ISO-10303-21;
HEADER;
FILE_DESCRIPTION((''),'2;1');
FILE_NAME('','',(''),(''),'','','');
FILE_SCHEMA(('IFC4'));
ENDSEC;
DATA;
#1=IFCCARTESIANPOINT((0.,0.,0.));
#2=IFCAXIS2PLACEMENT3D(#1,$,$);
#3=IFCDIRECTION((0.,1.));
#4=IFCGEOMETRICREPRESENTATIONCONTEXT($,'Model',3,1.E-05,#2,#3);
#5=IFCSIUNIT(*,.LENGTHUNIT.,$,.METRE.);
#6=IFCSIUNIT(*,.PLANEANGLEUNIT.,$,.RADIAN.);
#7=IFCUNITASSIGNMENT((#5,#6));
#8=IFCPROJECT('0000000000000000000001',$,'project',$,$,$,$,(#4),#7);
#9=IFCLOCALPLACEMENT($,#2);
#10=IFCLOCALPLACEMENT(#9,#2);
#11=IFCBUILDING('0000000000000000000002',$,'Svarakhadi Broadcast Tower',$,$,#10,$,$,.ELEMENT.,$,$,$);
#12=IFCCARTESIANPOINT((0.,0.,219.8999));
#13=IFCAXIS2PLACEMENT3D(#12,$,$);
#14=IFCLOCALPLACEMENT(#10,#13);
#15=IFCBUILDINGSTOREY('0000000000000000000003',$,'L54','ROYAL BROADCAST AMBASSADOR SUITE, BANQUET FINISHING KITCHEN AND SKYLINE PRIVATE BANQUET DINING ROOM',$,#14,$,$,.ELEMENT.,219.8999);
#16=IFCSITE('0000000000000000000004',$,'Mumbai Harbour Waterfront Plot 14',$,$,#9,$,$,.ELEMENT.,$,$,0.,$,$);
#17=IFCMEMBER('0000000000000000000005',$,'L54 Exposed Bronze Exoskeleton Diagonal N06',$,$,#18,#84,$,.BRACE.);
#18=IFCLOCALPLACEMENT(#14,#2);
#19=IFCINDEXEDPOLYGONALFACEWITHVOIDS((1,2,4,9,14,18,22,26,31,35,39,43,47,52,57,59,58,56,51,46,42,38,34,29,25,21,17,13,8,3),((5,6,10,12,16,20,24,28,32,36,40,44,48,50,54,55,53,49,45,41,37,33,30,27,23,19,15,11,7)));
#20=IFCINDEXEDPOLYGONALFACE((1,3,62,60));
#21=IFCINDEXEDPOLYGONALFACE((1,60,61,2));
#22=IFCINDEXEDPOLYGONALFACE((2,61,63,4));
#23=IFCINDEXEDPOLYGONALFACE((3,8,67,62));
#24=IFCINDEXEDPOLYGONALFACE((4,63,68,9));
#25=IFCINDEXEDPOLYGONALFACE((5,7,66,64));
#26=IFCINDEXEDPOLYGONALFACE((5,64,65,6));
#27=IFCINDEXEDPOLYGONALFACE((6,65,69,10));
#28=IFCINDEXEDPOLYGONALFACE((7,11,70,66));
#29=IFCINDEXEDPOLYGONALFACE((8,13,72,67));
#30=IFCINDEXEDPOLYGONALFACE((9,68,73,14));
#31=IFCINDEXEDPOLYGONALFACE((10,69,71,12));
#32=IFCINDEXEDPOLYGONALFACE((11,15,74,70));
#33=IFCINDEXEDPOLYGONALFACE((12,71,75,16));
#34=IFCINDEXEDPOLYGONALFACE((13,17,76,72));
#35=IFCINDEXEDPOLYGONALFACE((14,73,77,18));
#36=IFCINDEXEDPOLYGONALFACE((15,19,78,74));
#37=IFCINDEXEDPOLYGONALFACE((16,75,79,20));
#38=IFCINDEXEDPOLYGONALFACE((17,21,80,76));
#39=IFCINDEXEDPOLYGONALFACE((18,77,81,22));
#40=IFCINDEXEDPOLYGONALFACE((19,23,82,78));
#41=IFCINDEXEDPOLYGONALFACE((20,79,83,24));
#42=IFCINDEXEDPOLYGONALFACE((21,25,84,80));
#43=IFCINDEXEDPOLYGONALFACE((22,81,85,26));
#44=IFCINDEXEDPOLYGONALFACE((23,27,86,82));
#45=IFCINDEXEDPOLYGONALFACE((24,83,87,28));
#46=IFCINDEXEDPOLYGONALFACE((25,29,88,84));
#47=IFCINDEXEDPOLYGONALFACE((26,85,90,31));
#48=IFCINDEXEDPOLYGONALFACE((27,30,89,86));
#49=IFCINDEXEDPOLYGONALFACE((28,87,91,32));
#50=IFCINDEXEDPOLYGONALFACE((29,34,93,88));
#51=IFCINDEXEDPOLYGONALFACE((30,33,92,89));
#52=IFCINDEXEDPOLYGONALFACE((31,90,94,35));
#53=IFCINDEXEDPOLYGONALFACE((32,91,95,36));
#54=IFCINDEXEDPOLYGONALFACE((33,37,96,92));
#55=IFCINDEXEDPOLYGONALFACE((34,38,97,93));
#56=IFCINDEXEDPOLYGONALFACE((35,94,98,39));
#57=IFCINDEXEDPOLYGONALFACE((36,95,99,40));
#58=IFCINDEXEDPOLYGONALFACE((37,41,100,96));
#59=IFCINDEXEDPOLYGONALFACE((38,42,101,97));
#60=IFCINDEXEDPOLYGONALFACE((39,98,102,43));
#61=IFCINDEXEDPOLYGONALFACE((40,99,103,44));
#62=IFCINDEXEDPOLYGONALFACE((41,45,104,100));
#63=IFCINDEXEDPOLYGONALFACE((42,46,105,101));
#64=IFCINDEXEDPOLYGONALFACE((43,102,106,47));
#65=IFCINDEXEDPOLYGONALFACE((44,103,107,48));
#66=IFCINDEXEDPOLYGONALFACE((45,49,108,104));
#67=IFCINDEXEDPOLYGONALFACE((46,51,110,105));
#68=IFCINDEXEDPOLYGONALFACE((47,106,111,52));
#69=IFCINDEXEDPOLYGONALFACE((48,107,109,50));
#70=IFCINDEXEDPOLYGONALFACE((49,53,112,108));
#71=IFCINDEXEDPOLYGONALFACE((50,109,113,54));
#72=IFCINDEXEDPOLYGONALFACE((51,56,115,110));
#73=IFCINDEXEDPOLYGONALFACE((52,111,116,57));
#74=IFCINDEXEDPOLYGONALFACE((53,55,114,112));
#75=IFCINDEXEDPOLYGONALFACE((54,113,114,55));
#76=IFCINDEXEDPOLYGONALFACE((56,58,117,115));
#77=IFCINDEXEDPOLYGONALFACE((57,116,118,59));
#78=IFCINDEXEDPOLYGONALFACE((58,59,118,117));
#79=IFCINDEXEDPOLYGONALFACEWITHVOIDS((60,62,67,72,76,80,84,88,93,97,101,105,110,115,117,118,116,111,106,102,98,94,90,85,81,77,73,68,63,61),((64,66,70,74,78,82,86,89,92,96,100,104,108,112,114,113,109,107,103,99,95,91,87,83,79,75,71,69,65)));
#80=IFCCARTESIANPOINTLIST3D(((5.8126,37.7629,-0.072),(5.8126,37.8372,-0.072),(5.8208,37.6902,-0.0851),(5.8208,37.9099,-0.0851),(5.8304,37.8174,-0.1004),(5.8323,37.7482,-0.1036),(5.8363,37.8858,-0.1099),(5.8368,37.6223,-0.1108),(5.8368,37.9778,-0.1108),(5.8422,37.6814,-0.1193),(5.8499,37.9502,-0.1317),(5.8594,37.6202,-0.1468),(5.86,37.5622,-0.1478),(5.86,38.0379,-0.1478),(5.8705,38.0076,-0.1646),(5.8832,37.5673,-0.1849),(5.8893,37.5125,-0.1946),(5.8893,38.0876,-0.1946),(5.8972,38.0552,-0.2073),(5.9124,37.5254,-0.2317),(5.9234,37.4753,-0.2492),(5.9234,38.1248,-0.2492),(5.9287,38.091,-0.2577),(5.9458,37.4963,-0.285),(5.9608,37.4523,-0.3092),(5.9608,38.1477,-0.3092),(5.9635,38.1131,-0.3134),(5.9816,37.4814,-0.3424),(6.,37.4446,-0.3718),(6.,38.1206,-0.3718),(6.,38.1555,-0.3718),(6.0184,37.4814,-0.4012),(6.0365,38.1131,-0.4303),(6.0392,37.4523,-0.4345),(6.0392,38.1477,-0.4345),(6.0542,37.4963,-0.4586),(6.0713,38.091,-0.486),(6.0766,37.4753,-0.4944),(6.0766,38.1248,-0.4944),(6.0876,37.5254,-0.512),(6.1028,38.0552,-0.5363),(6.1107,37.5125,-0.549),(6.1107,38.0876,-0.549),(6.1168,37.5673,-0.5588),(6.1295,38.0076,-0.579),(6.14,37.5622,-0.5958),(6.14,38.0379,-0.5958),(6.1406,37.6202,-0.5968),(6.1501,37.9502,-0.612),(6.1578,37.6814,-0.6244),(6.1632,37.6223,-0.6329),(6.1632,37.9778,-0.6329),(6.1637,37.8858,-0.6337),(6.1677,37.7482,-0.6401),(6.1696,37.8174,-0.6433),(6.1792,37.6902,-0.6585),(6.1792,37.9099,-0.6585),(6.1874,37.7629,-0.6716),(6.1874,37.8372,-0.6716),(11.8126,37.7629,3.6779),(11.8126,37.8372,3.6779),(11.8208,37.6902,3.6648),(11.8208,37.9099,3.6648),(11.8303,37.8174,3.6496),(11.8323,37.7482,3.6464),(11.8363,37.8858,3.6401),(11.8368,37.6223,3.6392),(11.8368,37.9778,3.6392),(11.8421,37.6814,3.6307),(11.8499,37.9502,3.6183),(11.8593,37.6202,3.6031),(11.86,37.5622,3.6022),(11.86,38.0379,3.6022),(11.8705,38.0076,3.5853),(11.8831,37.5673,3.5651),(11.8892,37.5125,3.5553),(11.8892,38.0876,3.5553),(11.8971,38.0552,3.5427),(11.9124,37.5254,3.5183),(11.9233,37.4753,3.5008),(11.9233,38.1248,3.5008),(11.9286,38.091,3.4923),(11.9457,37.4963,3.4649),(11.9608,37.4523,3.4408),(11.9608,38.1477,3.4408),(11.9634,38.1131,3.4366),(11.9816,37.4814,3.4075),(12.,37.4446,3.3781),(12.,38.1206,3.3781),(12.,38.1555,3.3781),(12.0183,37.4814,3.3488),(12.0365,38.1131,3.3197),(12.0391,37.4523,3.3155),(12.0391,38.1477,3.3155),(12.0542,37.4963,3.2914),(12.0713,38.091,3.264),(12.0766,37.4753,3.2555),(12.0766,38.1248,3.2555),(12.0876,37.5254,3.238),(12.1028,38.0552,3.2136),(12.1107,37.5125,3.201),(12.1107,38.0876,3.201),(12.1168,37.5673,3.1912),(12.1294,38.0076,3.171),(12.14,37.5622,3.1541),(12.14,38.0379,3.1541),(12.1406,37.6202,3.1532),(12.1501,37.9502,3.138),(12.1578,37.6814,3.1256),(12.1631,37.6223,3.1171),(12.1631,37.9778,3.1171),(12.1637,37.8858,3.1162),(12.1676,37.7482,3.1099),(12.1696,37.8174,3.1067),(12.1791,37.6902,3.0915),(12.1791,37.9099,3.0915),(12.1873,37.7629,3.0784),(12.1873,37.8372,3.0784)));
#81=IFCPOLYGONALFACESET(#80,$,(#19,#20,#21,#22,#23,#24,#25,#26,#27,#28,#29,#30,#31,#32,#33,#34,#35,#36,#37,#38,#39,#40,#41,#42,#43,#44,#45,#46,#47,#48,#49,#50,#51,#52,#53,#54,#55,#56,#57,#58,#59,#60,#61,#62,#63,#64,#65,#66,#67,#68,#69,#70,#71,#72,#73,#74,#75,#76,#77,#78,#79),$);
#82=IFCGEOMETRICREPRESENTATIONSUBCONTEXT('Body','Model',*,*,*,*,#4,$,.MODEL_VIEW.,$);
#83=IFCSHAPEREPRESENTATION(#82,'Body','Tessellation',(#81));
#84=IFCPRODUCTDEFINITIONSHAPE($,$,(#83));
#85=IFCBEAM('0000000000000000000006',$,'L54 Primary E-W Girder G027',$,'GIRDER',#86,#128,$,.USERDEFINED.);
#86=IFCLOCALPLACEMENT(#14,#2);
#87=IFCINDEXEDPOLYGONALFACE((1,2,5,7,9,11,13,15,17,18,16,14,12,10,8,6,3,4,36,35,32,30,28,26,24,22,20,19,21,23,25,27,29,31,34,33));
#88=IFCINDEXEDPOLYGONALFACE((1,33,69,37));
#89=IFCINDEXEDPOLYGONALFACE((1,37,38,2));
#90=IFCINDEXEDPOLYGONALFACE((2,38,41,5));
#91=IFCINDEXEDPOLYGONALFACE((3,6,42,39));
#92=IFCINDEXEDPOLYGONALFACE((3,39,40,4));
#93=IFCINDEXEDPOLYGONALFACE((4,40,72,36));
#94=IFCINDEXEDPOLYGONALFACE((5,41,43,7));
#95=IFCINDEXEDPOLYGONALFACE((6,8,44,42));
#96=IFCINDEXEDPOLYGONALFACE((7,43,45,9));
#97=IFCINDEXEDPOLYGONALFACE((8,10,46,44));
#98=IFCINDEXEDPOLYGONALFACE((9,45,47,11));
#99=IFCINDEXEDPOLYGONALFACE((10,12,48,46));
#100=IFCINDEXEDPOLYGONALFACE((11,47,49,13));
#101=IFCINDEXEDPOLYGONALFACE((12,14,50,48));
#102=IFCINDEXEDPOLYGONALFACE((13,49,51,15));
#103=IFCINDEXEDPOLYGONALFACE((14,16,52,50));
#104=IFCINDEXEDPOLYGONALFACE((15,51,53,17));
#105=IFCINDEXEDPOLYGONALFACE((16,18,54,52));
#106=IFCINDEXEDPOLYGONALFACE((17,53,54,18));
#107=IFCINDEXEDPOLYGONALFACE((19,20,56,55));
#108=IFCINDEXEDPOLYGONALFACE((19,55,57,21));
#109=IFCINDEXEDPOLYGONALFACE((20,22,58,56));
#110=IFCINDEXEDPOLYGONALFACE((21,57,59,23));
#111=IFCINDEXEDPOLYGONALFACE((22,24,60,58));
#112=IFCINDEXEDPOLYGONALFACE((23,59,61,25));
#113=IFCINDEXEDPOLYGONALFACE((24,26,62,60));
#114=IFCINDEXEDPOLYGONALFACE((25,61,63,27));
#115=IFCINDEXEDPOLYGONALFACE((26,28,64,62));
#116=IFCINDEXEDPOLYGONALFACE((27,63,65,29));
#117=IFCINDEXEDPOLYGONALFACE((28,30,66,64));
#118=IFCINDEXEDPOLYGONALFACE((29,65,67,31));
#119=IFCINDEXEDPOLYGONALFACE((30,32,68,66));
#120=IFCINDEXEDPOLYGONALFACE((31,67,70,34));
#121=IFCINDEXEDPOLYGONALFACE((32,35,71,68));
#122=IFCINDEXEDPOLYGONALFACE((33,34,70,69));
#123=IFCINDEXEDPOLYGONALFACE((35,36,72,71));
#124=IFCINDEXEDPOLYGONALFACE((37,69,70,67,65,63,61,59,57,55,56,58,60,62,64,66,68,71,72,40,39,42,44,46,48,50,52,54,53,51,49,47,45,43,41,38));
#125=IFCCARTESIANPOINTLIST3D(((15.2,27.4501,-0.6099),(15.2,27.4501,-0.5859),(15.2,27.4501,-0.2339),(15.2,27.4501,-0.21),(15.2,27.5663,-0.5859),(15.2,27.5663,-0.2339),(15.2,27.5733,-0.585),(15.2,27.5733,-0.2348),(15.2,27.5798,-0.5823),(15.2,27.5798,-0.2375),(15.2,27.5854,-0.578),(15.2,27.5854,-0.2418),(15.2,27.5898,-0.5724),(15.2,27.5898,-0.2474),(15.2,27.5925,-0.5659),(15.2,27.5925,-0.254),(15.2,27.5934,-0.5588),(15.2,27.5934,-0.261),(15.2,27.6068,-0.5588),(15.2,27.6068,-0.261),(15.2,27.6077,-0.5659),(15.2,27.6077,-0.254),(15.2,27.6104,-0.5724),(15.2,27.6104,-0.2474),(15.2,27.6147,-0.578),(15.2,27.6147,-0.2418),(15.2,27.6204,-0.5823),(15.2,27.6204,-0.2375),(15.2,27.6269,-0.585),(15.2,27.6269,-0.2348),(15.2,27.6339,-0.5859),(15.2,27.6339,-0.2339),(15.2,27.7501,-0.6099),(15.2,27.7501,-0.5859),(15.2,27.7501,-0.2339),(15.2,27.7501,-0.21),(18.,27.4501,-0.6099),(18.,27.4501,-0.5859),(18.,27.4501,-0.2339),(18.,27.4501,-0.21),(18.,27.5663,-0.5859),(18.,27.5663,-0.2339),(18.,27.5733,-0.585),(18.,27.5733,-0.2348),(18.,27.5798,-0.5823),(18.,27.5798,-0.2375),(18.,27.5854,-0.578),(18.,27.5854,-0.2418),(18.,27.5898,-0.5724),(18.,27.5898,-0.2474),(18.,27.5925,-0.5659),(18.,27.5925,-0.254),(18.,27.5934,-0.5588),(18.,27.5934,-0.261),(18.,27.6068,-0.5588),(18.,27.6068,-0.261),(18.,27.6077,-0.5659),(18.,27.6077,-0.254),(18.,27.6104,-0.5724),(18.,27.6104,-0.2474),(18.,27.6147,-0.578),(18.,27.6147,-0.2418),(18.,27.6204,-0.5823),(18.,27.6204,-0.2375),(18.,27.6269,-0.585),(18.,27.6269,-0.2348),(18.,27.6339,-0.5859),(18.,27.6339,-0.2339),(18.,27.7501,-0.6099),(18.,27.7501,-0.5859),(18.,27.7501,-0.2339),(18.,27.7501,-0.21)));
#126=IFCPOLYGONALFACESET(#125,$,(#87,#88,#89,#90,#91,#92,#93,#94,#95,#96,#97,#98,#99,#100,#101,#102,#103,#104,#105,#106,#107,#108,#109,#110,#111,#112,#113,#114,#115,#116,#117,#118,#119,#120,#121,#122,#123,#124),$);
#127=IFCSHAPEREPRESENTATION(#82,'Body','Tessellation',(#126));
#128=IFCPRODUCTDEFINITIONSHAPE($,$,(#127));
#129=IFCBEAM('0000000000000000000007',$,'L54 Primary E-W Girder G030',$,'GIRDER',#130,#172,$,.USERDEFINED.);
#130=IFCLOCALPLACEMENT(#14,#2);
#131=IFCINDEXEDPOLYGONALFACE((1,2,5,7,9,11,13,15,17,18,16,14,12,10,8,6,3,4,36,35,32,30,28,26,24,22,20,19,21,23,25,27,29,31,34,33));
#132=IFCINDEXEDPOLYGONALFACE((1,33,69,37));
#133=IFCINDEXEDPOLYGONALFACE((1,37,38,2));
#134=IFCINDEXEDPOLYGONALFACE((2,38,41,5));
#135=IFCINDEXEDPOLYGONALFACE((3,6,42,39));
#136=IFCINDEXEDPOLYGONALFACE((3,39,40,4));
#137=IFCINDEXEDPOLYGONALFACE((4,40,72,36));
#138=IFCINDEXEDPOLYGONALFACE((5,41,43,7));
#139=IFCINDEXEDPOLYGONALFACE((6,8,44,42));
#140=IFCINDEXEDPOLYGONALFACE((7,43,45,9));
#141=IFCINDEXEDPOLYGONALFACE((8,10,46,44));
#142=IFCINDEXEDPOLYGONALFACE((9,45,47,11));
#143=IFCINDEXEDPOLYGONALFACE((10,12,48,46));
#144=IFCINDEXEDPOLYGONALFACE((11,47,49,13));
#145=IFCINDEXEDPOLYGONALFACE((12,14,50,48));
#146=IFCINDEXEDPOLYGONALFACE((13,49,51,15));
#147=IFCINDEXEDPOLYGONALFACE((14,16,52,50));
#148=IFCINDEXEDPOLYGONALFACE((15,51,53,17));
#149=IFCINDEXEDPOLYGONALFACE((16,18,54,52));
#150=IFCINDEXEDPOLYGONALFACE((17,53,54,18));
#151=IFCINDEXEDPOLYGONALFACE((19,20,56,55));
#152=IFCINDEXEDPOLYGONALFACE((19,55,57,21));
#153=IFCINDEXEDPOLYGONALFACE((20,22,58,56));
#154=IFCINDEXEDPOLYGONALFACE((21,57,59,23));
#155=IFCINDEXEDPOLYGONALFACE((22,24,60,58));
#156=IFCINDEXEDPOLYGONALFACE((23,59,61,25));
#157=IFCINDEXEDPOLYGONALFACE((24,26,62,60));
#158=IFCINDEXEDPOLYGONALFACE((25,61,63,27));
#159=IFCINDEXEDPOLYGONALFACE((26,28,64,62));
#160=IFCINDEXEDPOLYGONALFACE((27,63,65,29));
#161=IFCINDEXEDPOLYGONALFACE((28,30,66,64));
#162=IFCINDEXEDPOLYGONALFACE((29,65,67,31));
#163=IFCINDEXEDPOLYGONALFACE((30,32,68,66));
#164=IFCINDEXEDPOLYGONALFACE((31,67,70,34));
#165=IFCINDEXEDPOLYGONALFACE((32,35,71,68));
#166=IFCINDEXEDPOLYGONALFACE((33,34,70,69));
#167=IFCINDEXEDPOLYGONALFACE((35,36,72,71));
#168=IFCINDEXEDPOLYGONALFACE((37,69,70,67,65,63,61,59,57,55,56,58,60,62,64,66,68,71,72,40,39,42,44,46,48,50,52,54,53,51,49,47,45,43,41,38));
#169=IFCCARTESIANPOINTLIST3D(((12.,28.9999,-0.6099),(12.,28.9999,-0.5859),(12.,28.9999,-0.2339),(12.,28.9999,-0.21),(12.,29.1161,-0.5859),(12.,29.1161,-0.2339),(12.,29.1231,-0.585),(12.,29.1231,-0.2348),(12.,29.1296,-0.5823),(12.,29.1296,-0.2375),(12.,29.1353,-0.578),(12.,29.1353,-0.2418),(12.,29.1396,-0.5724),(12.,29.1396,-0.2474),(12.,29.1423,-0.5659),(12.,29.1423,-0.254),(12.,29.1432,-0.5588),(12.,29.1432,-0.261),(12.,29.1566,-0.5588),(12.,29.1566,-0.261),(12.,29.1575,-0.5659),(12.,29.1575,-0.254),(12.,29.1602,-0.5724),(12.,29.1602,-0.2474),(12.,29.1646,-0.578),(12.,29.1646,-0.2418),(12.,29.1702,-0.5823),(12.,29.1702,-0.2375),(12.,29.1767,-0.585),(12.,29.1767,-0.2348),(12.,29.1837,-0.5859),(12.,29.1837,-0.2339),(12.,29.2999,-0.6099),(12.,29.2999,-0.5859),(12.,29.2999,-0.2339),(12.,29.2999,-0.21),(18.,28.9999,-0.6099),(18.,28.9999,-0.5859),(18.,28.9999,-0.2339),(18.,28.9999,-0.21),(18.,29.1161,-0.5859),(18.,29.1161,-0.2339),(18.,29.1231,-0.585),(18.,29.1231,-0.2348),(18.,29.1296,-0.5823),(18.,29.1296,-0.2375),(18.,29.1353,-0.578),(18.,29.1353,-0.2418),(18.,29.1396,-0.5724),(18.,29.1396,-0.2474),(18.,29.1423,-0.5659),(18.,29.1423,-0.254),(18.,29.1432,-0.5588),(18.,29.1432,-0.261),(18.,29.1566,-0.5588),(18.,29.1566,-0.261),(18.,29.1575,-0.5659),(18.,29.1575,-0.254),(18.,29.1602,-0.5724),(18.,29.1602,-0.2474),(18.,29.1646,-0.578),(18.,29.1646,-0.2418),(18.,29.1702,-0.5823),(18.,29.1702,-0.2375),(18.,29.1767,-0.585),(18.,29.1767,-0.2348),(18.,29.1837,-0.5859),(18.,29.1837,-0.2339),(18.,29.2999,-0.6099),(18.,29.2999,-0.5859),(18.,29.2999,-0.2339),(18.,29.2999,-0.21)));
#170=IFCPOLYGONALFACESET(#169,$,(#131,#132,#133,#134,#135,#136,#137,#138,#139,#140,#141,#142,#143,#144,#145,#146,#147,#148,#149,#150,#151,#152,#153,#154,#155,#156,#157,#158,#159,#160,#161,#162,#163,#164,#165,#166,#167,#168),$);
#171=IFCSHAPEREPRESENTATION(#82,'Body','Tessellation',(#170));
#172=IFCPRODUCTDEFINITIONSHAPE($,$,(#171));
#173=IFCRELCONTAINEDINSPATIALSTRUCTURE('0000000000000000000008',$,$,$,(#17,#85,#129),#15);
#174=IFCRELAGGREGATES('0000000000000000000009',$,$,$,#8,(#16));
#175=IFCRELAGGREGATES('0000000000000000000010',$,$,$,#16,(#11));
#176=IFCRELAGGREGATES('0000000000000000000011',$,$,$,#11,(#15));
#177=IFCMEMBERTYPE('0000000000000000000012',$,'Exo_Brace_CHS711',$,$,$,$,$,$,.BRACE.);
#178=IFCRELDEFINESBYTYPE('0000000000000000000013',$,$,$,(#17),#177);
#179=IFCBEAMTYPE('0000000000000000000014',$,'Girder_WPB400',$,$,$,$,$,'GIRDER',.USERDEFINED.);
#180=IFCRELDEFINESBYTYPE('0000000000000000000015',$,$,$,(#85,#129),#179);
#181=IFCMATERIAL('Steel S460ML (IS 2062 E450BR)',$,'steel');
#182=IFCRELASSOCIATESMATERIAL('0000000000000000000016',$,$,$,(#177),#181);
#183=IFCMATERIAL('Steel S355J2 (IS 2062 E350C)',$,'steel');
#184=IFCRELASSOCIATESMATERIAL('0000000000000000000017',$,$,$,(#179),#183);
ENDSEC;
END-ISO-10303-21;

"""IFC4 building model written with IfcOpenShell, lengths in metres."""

from ifc_helpers import new_model, si_unit, direction, frame, origin, origin_2d, place, context, subcontext, project, spatial, hollow_circle, i_section, extrude, material, material_profile, profile_set, type_object, element, save


model = new_model("IFC4")

# Units and contexts
model_context = context("Model", 3, precision=1e-05, world=origin(), true_north=direction((0.0, 1.0)))
body_context = subcontext(model_context, "Body", "Model", "MODEL_VIEW")
ifc_project = project(units=[si_unit("LENGTHUNIT", "METRE"), si_unit("PLANEANGLEUNIT", "RADIAN")], contexts=[model_context])

# Site, building, storey
site_placement = place(None, origin())
site = spatial("IfcSite", under=ifc_project, at=site_placement, Name="Mumbai Harbour Waterfront Plot 14", CompositionType="ELEMENT", RefElevation=0.0)
building_placement = place(site_placement, origin())
building = spatial("IfcBuilding", under=site, at=building_placement, Name="Svarakhadi Broadcast Tower", CompositionType="ELEMENT")
storey_placement = place(building_placement, frame((0.0, 0.0, 219.8999)))
storey = spatial("IfcBuildingStorey", under=building, at=storey_placement, Name="L54", Description="ROYAL BROADCAST AMBASSADOR SUITE, BANQUET FINISHING KITCHEN AND SKYLINE PRIVATE BANQUET DINING ROOM", CompositionType="ELEMENT", Elevation=219.8999)

# Shared definitions
ifc_material_1 = material(Name="Steel S460ML (IS 2062 E450BR)", Category="steel")

# Shared definitions
ifc_material_2 = material(Name="Steel S355J2 (IS 2062 E350C)", Category="steel")

# Member
ifc_material_profile_1 = material_profile(ifc_material_1, hollow_circle(Radius=0.3555, WallThickness=0.0349, at=origin_2d()), Name="CHS 711x35")
ifc_profile_set_1 = profile_set([ifc_material_profile_1], Name="Steel S460ML (IS 2062 E450BR)")
member_type_1 = type_object("IfcMemberType", Name="Exo_Brace_CHS711", PredefinedType="BRACE", material=ifc_profile_set_1)
member_1_placement = place(storey_placement, frame((6.0, 37.8, -0.3718), z_axis=(0.847998, 0.0, 0.529999), x_axis=(0.0, 1.0, 0.0)))
element("IfcMember", 1, at=member_1_placement, inside=storey, type_object=member_type_1, Name="L54 Exposed Bronze Exoskeleton Diagonal N06", PredefinedType="BRACE", context=body_context, shape_type="SweptSolid", body=[
    extrude(hollow_circle(Radius=0.3555, WallThickness=0.0349, at=origin_2d()), origin(), (0.0, 0.0, 1.0), 7.0754),
])

# Beams
ifc_material_profile_2 = material_profile(ifc_material_2, i_section(OverallWidth=0.3, OverallDepth=0.3999, WebThickness=0.0134, FlangeThickness=0.0239, FilletRadius=0.0271, at=origin_2d()), Name="WPB 400x300x155")
ifc_profile_set_2 = profile_set([ifc_material_profile_2], Name="Steel S355J2 (IS 2062 E350C)")
beam_type_1 = type_object("IfcBeamType", Name="Girder_WPB400", ElementType="GIRDER", PredefinedType="USERDEFINED", material=ifc_profile_set_2)
beam_placement = place(storey_placement, frame((15.2, 27.6001, -0.4099), z_axis=(1.0, 0.0, 0.0), x_axis=(0.0, 1.0, 0.0)))
element("IfcBeam", 2, at=beam_placement, inside=storey, type_object=beam_type_1, Name="L54 Primary E-W Girder G027", ObjectType="GIRDER", PredefinedType="USERDEFINED", context=body_context, shape_type="SweptSolid", body=[
    extrude(i_section(OverallWidth=0.3, OverallDepth=0.3999, WebThickness=0.0134, FlangeThickness=0.0239, FilletRadius=0.0271, at=origin_2d()), origin(), (0.0, 0.0, 1.0), 2.8),
])
for number, where, z_axis, x_axis, name in (
    (3, (12.0, 29.1499, -0.4099), (1.0, 0.0, 0.0), (0.0, 1.0, 0.0), "L54 Primary E-W Girder G030"),
):
    element("IfcBeam", number, at=place(storey_placement, frame(where, z_axis=z_axis, x_axis=x_axis)), inside=storey, type_object=beam_type_1, Name=name, ObjectType="GIRDER", PredefinedType="USERDEFINED", context=body_context, shape_type="SweptSolid", body=[
        extrude(i_section(OverallWidth=0.3, OverallDepth=0.3999, WebThickness=0.0134, FlangeThickness=0.0239, FilletRadius=0.0271, at=origin_2d()), origin(), (0.0, 0.0, 1.0), 6.0),
    ])

save(model, "model.ifc")
